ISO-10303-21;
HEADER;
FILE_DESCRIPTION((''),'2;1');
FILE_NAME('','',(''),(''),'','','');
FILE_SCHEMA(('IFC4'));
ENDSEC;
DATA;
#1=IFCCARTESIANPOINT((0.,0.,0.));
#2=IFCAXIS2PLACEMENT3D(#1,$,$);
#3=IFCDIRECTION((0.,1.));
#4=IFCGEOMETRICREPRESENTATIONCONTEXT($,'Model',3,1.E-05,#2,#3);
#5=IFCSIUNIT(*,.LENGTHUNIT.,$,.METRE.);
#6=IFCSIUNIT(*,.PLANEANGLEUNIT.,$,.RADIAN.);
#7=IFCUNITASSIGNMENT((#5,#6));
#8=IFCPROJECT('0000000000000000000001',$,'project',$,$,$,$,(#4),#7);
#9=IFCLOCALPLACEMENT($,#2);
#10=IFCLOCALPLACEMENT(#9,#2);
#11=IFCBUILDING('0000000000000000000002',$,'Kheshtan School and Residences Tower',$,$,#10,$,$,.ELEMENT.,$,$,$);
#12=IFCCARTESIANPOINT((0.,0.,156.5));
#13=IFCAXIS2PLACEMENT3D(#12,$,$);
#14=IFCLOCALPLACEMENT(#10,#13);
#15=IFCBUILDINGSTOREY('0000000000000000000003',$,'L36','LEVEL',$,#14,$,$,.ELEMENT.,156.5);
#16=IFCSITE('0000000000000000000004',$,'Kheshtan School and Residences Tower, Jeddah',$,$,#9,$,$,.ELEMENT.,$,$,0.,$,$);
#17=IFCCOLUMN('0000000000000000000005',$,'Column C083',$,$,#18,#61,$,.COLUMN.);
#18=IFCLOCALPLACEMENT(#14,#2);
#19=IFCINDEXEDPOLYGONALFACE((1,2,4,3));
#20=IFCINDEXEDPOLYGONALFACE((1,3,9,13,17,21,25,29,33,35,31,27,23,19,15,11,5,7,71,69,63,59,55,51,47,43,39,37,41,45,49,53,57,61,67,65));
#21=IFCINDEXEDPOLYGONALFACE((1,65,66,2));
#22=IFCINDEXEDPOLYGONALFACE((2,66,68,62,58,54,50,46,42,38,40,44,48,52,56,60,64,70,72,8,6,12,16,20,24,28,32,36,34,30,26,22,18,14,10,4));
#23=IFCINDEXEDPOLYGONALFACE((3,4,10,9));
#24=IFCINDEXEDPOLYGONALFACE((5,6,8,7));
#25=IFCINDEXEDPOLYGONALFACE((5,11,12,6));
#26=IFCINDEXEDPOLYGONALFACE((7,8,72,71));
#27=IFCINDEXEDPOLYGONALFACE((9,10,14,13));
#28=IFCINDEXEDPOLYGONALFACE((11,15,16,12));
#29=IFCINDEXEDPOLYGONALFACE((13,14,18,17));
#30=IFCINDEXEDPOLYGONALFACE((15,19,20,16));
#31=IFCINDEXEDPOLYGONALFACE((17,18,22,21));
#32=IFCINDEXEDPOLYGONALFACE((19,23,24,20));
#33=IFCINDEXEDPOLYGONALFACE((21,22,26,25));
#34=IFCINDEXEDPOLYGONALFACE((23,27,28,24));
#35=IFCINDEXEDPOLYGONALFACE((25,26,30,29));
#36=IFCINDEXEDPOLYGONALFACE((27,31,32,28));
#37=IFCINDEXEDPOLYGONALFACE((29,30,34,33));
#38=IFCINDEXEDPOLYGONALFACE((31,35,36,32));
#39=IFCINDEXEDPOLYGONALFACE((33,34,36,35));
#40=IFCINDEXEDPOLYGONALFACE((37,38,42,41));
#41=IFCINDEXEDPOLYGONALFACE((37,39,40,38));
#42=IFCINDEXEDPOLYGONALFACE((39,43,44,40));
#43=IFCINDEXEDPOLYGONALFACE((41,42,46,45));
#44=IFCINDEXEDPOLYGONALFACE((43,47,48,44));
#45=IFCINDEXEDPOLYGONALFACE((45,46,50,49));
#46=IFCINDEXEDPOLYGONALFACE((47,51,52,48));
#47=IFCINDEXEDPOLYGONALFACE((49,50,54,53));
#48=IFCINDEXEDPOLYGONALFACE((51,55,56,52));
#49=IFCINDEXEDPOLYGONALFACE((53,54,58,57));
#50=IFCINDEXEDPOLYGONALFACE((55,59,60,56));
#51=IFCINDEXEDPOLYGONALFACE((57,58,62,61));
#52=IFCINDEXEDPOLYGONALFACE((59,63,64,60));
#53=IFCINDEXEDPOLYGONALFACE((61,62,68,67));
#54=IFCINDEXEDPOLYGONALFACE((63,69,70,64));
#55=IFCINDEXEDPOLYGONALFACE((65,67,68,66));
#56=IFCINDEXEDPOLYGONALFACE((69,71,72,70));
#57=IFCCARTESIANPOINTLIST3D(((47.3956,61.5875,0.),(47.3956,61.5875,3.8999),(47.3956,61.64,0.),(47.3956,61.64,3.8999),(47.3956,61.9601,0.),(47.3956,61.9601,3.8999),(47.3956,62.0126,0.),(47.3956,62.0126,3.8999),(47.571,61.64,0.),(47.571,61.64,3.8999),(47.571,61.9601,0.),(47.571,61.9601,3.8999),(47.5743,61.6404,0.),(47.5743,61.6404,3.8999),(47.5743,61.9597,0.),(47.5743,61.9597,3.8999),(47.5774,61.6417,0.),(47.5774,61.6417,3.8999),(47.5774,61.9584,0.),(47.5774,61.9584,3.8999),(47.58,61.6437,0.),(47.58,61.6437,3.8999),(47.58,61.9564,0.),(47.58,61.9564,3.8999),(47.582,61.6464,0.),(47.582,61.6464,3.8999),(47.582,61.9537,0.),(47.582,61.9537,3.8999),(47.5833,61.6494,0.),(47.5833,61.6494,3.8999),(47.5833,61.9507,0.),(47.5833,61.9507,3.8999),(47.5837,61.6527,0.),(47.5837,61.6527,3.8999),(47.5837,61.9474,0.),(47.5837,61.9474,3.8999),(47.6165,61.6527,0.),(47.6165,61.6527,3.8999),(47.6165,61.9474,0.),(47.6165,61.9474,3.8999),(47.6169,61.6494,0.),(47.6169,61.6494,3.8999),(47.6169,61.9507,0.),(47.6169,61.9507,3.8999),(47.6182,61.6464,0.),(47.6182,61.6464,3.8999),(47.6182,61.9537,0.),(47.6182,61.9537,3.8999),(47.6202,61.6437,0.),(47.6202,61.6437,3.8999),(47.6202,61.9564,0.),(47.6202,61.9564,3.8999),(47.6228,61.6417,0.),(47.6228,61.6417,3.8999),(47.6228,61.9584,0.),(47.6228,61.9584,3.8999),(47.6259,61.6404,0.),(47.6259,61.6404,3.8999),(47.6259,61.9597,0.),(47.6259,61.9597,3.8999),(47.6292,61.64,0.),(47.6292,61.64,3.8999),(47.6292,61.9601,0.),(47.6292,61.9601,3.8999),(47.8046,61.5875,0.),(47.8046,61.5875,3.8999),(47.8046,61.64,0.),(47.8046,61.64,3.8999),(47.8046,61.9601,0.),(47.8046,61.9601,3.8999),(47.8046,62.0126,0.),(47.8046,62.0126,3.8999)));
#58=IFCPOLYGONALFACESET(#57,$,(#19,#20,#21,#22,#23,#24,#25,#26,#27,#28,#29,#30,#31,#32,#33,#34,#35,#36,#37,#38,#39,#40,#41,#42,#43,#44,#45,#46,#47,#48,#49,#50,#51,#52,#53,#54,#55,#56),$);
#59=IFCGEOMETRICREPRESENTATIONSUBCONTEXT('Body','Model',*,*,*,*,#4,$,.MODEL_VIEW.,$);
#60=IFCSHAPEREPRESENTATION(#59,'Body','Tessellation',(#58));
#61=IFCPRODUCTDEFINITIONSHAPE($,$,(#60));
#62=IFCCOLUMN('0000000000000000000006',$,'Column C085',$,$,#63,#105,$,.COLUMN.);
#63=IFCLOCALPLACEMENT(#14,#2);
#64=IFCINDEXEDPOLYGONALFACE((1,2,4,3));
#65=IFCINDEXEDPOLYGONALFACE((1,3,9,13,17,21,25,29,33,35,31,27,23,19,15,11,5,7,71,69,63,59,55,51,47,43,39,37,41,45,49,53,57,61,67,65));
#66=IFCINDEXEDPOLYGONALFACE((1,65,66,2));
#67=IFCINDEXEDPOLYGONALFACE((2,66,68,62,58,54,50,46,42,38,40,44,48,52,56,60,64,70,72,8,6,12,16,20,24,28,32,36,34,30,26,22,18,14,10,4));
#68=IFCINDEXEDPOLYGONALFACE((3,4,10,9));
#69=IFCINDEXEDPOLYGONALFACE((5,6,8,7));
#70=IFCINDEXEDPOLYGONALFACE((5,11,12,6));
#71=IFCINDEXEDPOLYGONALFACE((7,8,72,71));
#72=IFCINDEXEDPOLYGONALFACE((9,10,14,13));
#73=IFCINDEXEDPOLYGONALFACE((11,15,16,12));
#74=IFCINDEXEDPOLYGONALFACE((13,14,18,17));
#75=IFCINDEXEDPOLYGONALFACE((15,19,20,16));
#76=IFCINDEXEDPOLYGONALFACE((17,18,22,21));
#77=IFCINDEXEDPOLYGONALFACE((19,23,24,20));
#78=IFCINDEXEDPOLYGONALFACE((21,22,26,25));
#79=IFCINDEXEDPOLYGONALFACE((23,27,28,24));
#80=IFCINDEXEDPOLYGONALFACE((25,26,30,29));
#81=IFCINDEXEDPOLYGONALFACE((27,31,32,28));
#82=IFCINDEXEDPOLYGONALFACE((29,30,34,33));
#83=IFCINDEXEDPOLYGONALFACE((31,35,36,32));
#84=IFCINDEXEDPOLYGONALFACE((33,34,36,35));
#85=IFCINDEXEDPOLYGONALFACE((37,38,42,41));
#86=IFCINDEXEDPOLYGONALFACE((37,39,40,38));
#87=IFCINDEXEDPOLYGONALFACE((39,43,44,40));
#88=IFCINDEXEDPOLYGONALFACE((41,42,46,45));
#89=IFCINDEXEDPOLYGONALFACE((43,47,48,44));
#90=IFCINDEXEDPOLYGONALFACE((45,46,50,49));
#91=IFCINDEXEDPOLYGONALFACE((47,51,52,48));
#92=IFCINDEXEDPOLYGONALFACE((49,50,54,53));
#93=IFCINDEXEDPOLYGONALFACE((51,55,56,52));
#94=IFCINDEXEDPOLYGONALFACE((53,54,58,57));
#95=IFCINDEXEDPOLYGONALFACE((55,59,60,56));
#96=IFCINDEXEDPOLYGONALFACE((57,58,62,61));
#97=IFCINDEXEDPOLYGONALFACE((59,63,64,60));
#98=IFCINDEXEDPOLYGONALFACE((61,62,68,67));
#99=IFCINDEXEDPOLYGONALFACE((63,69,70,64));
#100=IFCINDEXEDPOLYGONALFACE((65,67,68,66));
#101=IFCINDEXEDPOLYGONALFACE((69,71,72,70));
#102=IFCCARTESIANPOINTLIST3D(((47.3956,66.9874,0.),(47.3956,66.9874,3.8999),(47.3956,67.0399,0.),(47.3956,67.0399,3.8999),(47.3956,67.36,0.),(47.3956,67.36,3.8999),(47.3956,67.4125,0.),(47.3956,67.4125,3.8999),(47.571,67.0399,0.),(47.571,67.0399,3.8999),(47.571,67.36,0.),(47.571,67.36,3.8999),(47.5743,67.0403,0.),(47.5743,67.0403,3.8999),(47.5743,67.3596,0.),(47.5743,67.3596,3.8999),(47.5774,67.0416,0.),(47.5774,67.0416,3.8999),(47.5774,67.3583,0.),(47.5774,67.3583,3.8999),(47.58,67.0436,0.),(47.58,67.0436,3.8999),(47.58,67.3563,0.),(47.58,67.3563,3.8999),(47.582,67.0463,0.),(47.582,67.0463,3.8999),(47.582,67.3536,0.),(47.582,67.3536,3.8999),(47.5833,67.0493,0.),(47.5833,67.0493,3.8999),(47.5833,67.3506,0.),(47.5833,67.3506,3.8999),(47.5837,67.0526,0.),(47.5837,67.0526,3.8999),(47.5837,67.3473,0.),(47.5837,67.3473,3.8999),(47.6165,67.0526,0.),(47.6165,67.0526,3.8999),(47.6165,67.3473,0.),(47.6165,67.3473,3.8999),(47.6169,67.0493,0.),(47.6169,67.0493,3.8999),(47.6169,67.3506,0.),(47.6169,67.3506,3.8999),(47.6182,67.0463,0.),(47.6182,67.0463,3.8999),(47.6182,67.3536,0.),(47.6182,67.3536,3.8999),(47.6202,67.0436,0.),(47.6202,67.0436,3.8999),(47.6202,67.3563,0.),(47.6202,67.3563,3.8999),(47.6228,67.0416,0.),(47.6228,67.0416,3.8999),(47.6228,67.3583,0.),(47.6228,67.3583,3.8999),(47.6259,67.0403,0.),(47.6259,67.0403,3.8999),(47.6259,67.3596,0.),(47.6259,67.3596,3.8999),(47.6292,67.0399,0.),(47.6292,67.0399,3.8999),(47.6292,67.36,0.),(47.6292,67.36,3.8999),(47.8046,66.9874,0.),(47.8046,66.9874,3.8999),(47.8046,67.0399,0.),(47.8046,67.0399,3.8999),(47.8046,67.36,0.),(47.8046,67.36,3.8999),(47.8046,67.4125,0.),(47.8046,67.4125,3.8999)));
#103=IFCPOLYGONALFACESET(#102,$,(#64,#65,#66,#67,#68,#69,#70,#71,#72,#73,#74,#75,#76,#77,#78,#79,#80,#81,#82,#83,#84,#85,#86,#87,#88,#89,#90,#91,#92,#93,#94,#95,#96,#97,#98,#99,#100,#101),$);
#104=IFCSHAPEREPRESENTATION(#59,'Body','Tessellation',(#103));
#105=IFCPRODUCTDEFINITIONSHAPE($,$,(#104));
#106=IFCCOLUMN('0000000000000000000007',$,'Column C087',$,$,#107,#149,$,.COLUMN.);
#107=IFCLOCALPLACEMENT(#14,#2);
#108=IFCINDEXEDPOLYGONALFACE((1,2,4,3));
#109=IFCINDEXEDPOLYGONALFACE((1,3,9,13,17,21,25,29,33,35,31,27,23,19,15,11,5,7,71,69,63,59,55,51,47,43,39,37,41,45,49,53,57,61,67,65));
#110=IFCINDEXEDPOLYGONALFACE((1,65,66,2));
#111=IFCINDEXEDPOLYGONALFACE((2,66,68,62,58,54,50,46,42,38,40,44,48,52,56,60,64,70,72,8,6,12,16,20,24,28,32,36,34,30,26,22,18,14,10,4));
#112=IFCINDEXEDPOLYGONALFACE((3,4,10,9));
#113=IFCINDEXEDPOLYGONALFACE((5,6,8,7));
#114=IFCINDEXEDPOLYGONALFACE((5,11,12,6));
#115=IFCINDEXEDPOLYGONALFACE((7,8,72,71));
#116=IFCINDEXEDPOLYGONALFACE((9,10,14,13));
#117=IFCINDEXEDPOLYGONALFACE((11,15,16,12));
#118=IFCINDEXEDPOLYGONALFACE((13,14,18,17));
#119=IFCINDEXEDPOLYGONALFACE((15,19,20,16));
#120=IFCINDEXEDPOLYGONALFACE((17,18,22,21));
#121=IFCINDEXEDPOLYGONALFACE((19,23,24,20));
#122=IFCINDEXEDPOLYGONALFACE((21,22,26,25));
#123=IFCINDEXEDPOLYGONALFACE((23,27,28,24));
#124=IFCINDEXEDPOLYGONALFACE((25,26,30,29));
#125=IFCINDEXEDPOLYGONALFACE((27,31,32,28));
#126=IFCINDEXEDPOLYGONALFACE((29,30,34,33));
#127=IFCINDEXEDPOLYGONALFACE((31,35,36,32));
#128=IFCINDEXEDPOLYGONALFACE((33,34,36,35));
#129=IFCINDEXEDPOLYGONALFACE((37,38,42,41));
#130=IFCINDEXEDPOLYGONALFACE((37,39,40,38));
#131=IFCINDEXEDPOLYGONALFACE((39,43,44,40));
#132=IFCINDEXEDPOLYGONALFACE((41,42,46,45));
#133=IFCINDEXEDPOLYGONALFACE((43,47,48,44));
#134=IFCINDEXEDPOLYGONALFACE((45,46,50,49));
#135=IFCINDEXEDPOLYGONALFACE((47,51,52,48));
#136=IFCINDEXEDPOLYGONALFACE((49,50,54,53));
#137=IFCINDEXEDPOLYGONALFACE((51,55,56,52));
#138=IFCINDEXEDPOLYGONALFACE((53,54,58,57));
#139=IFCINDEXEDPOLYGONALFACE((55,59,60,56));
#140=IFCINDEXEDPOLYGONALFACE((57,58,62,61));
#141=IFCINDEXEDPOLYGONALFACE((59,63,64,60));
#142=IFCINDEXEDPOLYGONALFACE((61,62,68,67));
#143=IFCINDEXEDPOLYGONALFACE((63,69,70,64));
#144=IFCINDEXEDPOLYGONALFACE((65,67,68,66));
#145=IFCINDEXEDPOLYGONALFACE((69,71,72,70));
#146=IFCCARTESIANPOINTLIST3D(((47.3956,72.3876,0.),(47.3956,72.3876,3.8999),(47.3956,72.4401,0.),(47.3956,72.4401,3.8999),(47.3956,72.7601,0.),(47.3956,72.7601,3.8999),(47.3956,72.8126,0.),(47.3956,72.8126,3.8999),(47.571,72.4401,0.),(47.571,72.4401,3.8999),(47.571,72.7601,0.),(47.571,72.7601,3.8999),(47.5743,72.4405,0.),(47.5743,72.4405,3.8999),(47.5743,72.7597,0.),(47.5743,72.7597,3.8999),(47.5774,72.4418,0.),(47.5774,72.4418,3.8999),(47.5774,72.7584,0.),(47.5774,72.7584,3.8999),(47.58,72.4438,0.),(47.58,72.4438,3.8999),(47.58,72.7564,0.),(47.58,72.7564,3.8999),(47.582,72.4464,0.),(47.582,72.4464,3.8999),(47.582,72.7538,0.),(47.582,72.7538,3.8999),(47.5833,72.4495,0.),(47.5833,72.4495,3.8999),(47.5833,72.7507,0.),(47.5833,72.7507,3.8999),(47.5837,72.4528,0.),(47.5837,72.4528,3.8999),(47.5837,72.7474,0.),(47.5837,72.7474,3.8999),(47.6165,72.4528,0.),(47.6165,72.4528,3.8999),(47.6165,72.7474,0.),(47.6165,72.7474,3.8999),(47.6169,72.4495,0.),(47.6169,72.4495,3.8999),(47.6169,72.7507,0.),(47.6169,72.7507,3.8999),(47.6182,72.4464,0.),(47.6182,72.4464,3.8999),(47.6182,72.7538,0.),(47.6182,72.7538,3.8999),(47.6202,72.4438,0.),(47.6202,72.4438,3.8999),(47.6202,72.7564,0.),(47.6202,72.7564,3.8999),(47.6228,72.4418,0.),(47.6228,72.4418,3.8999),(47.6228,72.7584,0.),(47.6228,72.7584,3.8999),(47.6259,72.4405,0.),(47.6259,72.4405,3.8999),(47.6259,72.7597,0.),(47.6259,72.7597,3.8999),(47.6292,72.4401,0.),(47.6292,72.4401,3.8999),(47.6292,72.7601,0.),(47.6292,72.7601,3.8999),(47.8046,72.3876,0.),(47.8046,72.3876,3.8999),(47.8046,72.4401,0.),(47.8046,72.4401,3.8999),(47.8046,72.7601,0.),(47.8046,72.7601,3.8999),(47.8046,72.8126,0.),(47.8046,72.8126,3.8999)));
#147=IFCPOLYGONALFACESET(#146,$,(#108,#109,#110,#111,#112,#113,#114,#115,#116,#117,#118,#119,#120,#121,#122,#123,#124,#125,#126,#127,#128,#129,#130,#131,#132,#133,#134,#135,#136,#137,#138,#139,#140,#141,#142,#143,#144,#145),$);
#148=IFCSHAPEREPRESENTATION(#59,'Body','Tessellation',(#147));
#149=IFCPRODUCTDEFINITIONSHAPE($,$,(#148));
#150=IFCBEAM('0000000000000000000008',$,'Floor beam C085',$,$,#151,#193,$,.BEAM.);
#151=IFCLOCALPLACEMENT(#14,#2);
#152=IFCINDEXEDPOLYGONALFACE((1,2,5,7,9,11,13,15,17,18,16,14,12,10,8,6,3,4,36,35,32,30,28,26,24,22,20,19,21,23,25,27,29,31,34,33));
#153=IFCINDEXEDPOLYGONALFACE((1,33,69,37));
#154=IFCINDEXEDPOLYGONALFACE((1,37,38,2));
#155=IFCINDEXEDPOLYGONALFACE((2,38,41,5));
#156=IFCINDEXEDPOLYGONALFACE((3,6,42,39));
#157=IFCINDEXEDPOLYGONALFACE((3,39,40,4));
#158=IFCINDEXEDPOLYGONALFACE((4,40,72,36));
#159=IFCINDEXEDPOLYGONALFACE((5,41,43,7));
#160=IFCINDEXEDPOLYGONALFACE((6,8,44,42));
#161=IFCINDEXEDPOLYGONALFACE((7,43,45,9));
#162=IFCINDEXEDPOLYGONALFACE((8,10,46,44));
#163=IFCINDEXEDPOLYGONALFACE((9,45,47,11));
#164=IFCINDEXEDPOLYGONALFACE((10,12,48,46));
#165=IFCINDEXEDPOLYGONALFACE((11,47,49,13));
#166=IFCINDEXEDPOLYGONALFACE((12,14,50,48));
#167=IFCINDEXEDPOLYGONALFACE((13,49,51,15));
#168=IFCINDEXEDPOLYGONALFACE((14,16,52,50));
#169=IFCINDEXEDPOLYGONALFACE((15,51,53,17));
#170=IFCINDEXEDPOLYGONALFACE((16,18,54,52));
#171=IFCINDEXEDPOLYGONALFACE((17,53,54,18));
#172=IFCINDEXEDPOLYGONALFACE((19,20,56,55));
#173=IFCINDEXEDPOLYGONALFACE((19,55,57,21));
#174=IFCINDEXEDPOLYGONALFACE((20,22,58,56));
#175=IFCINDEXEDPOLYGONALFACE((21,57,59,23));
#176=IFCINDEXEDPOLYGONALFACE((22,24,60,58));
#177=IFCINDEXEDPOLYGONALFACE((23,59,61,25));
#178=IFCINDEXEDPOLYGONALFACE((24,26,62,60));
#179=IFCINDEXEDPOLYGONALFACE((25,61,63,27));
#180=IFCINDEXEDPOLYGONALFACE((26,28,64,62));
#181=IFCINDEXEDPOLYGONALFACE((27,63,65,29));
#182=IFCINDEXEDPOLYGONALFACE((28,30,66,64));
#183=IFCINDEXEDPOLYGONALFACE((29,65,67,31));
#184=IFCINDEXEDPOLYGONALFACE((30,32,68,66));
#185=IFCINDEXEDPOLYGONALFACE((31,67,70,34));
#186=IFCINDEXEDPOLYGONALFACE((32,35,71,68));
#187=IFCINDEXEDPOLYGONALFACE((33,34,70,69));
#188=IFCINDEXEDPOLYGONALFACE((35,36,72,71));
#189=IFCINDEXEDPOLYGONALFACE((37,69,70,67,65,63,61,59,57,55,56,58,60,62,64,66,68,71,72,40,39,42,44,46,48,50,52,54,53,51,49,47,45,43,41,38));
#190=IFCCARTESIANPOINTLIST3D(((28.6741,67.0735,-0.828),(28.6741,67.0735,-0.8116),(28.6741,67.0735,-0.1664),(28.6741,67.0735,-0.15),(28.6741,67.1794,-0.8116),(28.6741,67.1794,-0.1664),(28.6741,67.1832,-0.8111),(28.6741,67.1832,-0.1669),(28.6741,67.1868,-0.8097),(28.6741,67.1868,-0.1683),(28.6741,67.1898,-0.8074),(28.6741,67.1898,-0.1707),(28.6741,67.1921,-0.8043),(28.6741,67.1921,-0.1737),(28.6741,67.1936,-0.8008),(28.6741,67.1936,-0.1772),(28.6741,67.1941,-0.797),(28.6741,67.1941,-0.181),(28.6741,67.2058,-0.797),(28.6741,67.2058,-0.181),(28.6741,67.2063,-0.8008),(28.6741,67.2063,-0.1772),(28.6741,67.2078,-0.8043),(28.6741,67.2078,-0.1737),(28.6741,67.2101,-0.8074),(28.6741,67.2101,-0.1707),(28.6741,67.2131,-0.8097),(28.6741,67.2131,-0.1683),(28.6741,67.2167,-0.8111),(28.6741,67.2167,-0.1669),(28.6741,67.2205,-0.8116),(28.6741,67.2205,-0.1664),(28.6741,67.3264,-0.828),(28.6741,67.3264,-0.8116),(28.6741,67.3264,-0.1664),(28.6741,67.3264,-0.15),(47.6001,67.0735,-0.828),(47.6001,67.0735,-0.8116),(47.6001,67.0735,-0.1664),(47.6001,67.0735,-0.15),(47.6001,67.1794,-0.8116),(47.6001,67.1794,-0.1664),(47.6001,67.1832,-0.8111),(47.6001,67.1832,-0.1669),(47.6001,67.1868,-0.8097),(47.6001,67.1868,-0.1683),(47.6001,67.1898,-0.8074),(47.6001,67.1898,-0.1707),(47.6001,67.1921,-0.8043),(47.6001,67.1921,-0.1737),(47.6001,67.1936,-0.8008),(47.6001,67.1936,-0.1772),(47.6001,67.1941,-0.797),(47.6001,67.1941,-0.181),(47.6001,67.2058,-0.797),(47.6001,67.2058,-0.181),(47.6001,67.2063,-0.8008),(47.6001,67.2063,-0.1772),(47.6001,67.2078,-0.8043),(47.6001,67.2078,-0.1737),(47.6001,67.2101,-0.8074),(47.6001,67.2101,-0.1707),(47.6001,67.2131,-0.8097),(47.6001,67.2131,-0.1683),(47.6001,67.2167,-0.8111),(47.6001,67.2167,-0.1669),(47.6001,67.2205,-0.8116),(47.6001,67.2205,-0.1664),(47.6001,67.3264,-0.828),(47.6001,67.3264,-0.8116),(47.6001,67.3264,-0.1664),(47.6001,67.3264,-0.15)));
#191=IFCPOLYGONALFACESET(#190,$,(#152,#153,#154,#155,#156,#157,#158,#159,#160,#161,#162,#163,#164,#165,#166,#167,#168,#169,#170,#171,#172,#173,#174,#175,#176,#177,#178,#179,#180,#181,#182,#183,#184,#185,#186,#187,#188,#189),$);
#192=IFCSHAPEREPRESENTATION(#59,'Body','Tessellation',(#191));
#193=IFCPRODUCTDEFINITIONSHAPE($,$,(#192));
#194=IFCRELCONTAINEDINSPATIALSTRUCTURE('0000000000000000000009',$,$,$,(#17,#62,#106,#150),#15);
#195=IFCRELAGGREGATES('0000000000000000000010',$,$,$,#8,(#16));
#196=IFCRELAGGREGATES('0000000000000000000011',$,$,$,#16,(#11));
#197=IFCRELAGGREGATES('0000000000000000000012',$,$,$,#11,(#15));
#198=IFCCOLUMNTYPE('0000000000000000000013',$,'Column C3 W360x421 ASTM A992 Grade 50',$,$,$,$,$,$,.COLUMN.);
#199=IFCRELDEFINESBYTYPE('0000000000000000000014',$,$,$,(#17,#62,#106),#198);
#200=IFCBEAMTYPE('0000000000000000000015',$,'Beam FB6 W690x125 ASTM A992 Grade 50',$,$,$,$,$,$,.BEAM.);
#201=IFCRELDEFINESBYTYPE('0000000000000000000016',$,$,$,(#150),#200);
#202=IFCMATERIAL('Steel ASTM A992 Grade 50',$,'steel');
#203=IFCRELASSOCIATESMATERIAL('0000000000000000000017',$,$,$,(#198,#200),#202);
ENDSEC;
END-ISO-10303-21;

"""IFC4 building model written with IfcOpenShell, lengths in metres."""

from ifc_helpers import new_model, si_unit, direction, frame, origin, origin_2d, place, context, subcontext, project, spatial, i_section, extrude, material, material_profile, profile_set, type_object, element, save


model = new_model("IFC4")

# Units and contexts
model_context = context("Model", 3, precision=1e-05, world=origin(), true_north=direction((0.0, 1.0)))
body_context = subcontext(model_context, "Body", "Model", "MODEL_VIEW")
ifc_project = project(units=[si_unit("LENGTHUNIT", "METRE"), si_unit("PLANEANGLEUNIT", "RADIAN")], contexts=[model_context])

# Site, building, storey
site_placement = place(None, origin())
site = spatial("IfcSite", under=ifc_project, at=site_placement, Name="Kheshtan School and Residences Tower, Jeddah", CompositionType="ELEMENT", RefElevation=0.0)
building_placement = place(site_placement, origin())
building = spatial("IfcBuilding", under=site, at=building_placement, Name="Kheshtan School and Residences Tower", CompositionType="ELEMENT")
storey_placement = place(building_placement, frame((0.0, 0.0, 156.5)))
storey = spatial("IfcBuildingStorey", under=building, at=storey_placement, Name="L36", Description="LEVEL", CompositionType="ELEMENT", Elevation=156.5)

# Columns
ifc_material_1 = material(Name="Steel ASTM A992 Grade 50", Category="steel")
ifc_material_profile_1 = material_profile(ifc_material_1, i_section(OverallWidth=0.4089, OverallDepth=0.425, WebThickness=0.0327, FlangeThickness=0.0525, FilletRadius=0.0127, at=origin_2d()), Name="W360x421")
ifc_profile_set_1 = profile_set([ifc_material_profile_1], Name="Steel ASTM A992 Grade 50")
column_type = type_object("IfcColumnType", Name="Column C3 W360x421 ASTM A992 Grade 50", PredefinedType="COLUMN", material=ifc_profile_set_1)
for number, where, z_axis, x_axis, name in (
    (1, (47.6001, 61.8, 0.0), (0.0, 0.0, 1.0), (1.0, 0.0, 0.0), "Column C083"),
    (2, (47.6001, 67.2, 0.0), (0.0, 0.0, 1.0), (1.0, 0.0, 0.0), "Column C085"),
    (3, (47.6001, 72.6001, 0.0), (0.0, 0.0, 1.0), (1.0, 0.0, 0.0), "Column C087"),
):
    element("IfcColumn", number, at=place(storey_placement, frame(where, z_axis=z_axis, x_axis=x_axis)), inside=storey, type_object=column_type, Name=name, PredefinedType="COLUMN", context=body_context, shape_type="SweptSolid", body=[
        extrude(i_section(OverallWidth=0.4089, OverallDepth=0.425, WebThickness=0.0327, FlangeThickness=0.0525, FilletRadius=0.0127, at=origin_2d()), origin(), (0.0, 0.0, 1.0), 3.8999),
    ])

# Beam
ifc_material_profile_2 = material_profile(ifc_material_1, i_section(OverallWidth=0.2529, OverallDepth=0.678, WebThickness=0.0117, FlangeThickness=0.0164, FilletRadius=0.0146, at=origin_2d()), Name="W690x125")
ifc_profile_set_2 = profile_set([ifc_material_profile_2], Name="Steel ASTM A992 Grade 50")
beam_type_1 = type_object("IfcBeamType", Name="Beam FB6 W690x125 ASTM A992 Grade 50", PredefinedType="BEAM", material=ifc_profile_set_2)
beam_1_placement = place(storey_placement, frame((47.6001, 67.2, -0.489), z_axis=(-1.0, 0.0, 0.0), x_axis=(0.0, -1.0, 0.0)))
element("IfcBeam", 4, at=beam_1_placement, inside=storey, type_object=beam_type_1, Name="Floor beam C085", PredefinedType="BEAM", context=body_context, shape_type="SweptSolid", body=[
    extrude(i_section(OverallWidth=0.2529, OverallDepth=0.678, WebThickness=0.0117, FlangeThickness=0.0164, FilletRadius=0.0146, at=origin_2d()), origin(), (0.0, 0.0, 1.0), 18.926),
])

save(model, "model.ifc")
